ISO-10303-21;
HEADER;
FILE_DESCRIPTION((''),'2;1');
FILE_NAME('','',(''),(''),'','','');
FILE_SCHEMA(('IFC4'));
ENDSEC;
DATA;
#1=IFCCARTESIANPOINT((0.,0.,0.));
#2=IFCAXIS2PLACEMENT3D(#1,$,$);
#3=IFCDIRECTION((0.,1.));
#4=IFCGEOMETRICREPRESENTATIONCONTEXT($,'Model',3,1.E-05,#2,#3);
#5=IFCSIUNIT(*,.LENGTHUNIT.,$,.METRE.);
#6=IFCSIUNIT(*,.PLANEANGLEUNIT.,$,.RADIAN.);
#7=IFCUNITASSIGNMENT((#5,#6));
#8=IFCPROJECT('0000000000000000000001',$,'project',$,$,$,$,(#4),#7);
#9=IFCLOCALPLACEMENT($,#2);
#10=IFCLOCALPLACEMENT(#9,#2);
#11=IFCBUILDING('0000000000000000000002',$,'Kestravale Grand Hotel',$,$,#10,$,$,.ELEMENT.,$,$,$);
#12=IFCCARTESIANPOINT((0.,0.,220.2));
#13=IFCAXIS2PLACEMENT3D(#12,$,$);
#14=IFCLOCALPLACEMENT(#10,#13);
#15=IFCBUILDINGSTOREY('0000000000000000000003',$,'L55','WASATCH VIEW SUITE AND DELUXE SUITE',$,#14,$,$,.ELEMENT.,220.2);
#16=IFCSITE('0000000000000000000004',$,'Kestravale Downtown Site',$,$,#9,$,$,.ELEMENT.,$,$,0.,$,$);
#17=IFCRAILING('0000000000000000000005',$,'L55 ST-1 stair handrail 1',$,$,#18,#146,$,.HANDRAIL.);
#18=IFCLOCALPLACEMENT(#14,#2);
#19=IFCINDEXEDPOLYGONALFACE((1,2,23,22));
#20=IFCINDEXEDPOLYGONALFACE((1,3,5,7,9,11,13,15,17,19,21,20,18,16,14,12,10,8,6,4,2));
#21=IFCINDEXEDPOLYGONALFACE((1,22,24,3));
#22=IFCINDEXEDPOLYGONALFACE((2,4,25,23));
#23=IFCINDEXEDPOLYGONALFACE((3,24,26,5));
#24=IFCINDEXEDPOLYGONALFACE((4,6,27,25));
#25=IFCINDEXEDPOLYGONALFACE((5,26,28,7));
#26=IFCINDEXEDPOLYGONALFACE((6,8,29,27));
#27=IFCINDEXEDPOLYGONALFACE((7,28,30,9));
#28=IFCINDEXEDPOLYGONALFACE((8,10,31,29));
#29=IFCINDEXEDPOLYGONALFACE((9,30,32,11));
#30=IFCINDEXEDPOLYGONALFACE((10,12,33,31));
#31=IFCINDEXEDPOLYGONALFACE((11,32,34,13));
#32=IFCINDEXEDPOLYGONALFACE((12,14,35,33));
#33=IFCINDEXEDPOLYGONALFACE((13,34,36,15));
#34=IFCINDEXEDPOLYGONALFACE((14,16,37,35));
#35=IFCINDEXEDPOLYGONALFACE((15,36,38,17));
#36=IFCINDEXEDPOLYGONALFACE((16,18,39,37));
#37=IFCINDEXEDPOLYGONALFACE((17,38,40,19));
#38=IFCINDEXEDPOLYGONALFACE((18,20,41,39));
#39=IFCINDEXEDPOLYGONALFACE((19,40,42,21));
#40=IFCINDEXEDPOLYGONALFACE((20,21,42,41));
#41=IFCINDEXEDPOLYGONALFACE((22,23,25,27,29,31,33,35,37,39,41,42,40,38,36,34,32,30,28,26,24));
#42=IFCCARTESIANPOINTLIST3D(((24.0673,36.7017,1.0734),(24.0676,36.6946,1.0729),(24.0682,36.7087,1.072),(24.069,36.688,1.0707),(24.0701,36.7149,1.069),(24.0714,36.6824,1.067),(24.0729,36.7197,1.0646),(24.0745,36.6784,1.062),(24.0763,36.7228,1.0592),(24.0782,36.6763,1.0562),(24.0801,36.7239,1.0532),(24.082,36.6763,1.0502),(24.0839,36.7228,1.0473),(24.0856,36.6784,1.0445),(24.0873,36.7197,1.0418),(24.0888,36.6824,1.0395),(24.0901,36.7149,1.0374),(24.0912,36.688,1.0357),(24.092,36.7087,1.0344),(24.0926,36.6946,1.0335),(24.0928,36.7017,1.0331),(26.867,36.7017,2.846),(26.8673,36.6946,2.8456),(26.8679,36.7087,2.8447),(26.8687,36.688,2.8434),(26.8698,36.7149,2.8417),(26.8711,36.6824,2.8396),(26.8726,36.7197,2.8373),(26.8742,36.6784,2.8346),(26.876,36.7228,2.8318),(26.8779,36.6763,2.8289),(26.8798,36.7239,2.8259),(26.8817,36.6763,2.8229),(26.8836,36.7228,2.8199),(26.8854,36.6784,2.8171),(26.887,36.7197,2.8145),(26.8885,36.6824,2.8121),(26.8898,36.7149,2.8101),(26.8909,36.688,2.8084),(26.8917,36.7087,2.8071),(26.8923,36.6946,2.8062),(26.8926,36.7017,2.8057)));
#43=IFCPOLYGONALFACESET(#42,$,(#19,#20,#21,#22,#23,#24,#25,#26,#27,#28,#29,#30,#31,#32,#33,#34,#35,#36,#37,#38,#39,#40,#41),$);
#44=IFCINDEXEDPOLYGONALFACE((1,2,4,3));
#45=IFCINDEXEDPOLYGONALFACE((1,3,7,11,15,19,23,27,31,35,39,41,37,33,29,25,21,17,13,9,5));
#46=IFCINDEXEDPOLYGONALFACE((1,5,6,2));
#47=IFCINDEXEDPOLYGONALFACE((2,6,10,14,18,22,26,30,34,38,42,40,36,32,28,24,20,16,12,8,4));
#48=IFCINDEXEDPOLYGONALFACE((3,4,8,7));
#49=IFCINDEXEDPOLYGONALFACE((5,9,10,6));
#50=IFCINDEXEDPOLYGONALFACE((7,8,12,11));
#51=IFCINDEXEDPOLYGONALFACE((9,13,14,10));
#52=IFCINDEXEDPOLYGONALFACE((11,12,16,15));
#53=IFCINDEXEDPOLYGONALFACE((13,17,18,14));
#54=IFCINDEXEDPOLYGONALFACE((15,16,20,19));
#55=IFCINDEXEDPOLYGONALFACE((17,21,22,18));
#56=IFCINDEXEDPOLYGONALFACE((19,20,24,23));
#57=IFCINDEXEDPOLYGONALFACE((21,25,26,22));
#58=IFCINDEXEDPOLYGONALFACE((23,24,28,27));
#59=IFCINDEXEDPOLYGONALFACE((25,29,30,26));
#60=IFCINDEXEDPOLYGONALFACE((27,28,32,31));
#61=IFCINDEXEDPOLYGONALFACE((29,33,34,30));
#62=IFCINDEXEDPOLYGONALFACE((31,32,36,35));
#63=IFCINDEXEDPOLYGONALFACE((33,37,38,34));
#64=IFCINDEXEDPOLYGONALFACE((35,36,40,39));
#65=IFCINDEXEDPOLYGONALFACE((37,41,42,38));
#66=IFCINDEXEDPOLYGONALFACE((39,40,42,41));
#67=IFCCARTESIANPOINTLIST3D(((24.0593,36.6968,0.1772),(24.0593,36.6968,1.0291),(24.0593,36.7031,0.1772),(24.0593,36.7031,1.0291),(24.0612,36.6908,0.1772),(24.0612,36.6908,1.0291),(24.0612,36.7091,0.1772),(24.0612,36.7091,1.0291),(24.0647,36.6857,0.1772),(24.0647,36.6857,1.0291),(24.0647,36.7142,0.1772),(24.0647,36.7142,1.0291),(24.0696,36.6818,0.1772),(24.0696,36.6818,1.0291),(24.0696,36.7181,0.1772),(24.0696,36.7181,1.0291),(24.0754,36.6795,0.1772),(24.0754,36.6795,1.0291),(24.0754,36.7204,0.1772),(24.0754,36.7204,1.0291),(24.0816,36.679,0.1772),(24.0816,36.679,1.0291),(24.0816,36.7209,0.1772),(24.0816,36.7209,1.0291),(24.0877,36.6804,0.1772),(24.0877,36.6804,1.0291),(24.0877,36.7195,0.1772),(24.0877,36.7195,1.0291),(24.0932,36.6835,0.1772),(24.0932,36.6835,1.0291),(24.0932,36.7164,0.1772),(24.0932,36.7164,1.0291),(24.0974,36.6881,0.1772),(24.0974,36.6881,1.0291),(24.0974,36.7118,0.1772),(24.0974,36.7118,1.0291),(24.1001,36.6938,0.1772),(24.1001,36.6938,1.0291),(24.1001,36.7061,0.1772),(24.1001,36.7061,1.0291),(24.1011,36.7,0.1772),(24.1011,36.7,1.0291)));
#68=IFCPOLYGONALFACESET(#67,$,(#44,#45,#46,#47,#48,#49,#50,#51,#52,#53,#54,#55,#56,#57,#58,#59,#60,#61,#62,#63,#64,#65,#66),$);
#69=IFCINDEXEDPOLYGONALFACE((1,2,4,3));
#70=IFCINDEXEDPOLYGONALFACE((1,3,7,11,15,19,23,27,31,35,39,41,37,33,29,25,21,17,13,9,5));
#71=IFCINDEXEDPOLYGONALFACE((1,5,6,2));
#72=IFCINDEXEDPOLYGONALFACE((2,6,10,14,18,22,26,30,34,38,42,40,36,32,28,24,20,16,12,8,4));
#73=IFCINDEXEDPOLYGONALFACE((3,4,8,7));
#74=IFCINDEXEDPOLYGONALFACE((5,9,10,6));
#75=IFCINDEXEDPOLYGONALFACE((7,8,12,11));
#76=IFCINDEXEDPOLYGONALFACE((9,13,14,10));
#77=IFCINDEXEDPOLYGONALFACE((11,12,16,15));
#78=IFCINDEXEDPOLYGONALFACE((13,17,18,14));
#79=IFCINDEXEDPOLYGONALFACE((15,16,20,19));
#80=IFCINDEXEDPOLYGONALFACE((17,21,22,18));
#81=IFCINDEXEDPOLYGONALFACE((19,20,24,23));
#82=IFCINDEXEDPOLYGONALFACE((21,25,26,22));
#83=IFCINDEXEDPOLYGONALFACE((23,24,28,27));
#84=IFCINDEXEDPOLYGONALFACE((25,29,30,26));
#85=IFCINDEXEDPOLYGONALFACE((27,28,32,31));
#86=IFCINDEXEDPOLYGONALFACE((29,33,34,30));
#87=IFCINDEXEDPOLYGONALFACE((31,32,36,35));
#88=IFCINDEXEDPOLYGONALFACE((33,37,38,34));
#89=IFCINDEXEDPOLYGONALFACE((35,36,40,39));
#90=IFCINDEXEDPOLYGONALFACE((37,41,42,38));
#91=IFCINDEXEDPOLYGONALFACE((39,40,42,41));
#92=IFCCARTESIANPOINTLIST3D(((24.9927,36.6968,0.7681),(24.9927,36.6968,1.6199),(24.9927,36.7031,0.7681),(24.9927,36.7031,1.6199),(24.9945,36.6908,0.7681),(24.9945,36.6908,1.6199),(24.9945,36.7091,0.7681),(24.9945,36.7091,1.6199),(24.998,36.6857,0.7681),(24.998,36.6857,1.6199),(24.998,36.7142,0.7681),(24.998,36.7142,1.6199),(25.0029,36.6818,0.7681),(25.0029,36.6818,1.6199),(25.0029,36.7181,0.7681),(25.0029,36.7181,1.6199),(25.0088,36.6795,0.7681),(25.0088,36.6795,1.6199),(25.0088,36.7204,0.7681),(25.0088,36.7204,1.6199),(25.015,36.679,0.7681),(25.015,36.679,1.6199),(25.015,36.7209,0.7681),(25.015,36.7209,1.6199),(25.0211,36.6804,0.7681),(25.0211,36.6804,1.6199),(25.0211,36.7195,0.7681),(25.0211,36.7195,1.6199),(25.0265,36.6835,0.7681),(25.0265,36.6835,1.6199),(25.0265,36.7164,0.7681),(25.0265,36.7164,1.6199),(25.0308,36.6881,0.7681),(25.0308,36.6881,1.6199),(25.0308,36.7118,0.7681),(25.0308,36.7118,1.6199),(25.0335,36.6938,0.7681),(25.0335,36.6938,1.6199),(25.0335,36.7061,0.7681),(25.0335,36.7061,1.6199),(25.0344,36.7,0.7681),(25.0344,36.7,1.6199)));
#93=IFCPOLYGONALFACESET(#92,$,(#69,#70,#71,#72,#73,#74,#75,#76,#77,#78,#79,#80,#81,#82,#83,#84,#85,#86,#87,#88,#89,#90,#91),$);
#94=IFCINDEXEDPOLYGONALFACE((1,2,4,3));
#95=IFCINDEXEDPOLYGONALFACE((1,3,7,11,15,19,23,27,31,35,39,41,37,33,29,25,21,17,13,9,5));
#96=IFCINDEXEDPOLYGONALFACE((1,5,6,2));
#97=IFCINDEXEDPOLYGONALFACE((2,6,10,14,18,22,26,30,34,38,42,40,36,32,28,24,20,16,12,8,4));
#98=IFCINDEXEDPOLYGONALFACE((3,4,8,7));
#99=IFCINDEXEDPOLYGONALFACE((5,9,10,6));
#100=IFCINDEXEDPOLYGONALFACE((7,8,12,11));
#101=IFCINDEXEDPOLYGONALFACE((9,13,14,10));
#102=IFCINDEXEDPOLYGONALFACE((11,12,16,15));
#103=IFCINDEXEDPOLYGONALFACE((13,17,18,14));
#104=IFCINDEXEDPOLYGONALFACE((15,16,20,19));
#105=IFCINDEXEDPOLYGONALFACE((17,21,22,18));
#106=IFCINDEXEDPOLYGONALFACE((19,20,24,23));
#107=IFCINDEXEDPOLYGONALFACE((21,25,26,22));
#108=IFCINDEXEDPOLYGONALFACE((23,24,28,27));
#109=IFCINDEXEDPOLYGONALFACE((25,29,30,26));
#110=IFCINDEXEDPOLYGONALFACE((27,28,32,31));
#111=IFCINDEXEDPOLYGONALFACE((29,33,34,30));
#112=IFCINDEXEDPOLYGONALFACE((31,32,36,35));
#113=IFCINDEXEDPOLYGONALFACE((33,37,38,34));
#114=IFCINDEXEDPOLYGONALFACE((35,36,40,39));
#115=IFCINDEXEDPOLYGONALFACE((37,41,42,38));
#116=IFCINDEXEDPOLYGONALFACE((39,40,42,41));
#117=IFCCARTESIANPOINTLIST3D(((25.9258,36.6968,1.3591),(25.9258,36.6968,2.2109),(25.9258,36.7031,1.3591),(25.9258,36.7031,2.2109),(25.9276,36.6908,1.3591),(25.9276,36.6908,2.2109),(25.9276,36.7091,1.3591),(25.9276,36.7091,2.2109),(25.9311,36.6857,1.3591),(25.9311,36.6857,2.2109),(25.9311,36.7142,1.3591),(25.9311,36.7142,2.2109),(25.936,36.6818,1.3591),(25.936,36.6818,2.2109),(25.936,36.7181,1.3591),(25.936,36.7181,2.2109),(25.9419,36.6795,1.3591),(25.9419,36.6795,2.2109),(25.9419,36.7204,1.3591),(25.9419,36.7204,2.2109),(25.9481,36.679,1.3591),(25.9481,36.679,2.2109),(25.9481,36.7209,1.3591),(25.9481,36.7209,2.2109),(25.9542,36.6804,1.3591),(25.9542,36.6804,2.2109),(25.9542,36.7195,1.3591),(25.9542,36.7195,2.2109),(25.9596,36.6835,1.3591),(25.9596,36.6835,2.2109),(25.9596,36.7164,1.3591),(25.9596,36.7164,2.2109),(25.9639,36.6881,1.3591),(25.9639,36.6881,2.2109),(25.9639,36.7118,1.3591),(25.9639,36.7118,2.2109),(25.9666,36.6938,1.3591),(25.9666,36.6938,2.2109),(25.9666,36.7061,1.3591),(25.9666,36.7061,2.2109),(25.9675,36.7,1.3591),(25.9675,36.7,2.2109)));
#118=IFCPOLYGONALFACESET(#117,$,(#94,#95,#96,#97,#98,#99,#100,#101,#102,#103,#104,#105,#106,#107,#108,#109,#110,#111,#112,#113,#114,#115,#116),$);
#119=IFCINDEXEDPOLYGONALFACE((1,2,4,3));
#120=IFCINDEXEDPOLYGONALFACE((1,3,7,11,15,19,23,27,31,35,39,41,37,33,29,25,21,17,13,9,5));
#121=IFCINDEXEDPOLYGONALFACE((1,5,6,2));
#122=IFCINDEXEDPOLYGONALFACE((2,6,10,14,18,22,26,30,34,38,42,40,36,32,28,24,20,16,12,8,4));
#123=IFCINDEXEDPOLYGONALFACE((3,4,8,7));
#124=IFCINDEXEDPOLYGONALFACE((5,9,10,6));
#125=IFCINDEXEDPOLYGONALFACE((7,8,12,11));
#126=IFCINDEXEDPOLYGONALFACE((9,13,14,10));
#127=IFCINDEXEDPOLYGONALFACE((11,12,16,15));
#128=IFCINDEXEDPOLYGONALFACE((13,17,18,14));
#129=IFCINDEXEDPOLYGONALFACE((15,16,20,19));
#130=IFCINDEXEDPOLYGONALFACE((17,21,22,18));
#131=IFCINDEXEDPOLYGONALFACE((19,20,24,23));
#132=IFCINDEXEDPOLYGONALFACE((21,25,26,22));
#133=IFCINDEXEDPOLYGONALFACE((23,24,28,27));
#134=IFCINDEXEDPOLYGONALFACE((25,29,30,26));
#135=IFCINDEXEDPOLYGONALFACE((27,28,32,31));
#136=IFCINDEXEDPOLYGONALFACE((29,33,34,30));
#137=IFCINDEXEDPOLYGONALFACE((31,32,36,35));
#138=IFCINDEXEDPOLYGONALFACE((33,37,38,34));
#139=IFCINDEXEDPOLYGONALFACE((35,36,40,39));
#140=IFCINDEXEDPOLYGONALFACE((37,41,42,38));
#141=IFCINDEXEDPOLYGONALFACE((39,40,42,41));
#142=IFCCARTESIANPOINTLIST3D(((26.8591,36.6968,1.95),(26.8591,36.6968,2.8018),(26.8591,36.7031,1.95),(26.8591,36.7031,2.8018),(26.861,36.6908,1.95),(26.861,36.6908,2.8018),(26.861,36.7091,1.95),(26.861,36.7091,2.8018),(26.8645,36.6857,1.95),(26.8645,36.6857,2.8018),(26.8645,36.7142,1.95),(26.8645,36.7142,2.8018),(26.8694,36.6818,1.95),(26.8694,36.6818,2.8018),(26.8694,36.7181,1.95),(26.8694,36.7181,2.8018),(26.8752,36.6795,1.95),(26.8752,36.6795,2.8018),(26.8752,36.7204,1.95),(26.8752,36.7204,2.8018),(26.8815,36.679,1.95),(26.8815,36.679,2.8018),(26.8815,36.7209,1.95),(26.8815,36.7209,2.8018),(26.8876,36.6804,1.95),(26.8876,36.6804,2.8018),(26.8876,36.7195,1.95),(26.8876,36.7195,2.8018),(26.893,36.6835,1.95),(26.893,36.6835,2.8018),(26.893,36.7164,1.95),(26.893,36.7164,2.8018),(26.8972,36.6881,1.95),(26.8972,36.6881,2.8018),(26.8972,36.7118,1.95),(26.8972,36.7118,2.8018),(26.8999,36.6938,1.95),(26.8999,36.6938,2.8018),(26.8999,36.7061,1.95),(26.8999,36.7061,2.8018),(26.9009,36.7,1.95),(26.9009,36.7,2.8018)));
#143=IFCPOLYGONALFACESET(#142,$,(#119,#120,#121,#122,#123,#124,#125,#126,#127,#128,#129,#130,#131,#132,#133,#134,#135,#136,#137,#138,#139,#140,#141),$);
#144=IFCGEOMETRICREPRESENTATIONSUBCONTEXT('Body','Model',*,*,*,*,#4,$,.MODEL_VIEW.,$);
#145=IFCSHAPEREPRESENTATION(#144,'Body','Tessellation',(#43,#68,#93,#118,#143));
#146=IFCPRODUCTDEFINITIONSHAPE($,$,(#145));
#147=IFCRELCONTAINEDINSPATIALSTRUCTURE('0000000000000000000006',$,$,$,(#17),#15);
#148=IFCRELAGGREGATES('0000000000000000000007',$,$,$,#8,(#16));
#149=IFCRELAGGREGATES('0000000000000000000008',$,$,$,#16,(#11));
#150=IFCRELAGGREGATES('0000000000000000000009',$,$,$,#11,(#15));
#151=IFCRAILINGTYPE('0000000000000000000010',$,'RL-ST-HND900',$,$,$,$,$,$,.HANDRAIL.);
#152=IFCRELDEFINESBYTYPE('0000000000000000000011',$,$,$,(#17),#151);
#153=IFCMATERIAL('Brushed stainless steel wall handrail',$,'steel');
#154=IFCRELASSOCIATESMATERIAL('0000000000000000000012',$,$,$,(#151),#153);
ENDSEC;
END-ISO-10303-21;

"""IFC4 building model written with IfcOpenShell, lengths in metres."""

from ifc_helpers import new_model, si_unit, direction, frame, origin, origin_2d, place, context, subcontext, project, spatial, circle, extrude, material, type_object, element, save


model = new_model("IFC4")

# Units and contexts
model_context = context("Model", 3, precision=1e-05, world=origin(), true_north=direction((0.0, 1.0)))
body_context = subcontext(model_context, "Body", "Model", "MODEL_VIEW")
ifc_project = project(units=[si_unit("LENGTHUNIT", "METRE"), si_unit("PLANEANGLEUNIT", "RADIAN")], contexts=[model_context])

# Site, building, storey
site_placement = place(None, origin())
site = spatial("IfcSite", under=ifc_project, at=site_placement, Name="Kestravale Downtown Site", CompositionType="ELEMENT", RefElevation=0.0)
building_placement = place(site_placement, origin())
building = spatial("IfcBuilding", under=site, at=building_placement, Name="Kestravale Grand Hotel", CompositionType="ELEMENT")
storey_placement = place(building_placement, frame((0.0, 0.0, 220.2)))
storey = spatial("IfcBuildingStorey", under=building, at=storey_placement, Name="L55", Description="WASATCH VIEW SUITE AND DELUXE SUITE", CompositionType="ELEMENT", Elevation=220.2)

# Railing
ifc_material_1 = material(Name="Brushed stainless steel wall handrail", Category="steel")
railing_type_1 = type_object("IfcRailingType", Name="RL-ST-HND900", PredefinedType="HANDRAIL", material=ifc_material_1)
railing_1_placement = place(storey_placement, frame((24.0801, 36.7, 0.1772)))
element("IfcRailing", 1, at=railing_1_placement, inside=storey, type_object=railing_type_1, Name="L55 ST-1 stair handrail 1", PredefinedType="HANDRAIL", context=body_context, shape_type="SweptSolid", body=[
    extrude(circle(Radius=0.0239, at=origin_2d()), frame((0.0, 0.0, 0.876), z_axis=(0.844888, 0.0, 0.534943), x_axis=(0.0, 1.0, 0.0)), (0.0, 0.0, 1.0), 3.3137),
    extrude(circle(Radius=0.021, at=origin_2d()), origin(), (0.0, 0.0, 1.0), 0.8518),
    extrude(circle(Radius=0.021, at=origin_2d()), frame((0.9333, 0.0, 0.5908)), (0.0, 0.0, 1.0), 0.8518),
    extrude(circle(Radius=0.021, at=origin_2d()), frame((1.8665, 0.0, 1.1819)), (0.0, 0.0, 1.0), 0.8518),
    extrude(circle(Radius=0.021, at=origin_2d()), frame((2.7998, 0.0, 1.7727)), (0.0, 0.0, 1.0), 0.8518),
])

save(model, "model.ifc")
